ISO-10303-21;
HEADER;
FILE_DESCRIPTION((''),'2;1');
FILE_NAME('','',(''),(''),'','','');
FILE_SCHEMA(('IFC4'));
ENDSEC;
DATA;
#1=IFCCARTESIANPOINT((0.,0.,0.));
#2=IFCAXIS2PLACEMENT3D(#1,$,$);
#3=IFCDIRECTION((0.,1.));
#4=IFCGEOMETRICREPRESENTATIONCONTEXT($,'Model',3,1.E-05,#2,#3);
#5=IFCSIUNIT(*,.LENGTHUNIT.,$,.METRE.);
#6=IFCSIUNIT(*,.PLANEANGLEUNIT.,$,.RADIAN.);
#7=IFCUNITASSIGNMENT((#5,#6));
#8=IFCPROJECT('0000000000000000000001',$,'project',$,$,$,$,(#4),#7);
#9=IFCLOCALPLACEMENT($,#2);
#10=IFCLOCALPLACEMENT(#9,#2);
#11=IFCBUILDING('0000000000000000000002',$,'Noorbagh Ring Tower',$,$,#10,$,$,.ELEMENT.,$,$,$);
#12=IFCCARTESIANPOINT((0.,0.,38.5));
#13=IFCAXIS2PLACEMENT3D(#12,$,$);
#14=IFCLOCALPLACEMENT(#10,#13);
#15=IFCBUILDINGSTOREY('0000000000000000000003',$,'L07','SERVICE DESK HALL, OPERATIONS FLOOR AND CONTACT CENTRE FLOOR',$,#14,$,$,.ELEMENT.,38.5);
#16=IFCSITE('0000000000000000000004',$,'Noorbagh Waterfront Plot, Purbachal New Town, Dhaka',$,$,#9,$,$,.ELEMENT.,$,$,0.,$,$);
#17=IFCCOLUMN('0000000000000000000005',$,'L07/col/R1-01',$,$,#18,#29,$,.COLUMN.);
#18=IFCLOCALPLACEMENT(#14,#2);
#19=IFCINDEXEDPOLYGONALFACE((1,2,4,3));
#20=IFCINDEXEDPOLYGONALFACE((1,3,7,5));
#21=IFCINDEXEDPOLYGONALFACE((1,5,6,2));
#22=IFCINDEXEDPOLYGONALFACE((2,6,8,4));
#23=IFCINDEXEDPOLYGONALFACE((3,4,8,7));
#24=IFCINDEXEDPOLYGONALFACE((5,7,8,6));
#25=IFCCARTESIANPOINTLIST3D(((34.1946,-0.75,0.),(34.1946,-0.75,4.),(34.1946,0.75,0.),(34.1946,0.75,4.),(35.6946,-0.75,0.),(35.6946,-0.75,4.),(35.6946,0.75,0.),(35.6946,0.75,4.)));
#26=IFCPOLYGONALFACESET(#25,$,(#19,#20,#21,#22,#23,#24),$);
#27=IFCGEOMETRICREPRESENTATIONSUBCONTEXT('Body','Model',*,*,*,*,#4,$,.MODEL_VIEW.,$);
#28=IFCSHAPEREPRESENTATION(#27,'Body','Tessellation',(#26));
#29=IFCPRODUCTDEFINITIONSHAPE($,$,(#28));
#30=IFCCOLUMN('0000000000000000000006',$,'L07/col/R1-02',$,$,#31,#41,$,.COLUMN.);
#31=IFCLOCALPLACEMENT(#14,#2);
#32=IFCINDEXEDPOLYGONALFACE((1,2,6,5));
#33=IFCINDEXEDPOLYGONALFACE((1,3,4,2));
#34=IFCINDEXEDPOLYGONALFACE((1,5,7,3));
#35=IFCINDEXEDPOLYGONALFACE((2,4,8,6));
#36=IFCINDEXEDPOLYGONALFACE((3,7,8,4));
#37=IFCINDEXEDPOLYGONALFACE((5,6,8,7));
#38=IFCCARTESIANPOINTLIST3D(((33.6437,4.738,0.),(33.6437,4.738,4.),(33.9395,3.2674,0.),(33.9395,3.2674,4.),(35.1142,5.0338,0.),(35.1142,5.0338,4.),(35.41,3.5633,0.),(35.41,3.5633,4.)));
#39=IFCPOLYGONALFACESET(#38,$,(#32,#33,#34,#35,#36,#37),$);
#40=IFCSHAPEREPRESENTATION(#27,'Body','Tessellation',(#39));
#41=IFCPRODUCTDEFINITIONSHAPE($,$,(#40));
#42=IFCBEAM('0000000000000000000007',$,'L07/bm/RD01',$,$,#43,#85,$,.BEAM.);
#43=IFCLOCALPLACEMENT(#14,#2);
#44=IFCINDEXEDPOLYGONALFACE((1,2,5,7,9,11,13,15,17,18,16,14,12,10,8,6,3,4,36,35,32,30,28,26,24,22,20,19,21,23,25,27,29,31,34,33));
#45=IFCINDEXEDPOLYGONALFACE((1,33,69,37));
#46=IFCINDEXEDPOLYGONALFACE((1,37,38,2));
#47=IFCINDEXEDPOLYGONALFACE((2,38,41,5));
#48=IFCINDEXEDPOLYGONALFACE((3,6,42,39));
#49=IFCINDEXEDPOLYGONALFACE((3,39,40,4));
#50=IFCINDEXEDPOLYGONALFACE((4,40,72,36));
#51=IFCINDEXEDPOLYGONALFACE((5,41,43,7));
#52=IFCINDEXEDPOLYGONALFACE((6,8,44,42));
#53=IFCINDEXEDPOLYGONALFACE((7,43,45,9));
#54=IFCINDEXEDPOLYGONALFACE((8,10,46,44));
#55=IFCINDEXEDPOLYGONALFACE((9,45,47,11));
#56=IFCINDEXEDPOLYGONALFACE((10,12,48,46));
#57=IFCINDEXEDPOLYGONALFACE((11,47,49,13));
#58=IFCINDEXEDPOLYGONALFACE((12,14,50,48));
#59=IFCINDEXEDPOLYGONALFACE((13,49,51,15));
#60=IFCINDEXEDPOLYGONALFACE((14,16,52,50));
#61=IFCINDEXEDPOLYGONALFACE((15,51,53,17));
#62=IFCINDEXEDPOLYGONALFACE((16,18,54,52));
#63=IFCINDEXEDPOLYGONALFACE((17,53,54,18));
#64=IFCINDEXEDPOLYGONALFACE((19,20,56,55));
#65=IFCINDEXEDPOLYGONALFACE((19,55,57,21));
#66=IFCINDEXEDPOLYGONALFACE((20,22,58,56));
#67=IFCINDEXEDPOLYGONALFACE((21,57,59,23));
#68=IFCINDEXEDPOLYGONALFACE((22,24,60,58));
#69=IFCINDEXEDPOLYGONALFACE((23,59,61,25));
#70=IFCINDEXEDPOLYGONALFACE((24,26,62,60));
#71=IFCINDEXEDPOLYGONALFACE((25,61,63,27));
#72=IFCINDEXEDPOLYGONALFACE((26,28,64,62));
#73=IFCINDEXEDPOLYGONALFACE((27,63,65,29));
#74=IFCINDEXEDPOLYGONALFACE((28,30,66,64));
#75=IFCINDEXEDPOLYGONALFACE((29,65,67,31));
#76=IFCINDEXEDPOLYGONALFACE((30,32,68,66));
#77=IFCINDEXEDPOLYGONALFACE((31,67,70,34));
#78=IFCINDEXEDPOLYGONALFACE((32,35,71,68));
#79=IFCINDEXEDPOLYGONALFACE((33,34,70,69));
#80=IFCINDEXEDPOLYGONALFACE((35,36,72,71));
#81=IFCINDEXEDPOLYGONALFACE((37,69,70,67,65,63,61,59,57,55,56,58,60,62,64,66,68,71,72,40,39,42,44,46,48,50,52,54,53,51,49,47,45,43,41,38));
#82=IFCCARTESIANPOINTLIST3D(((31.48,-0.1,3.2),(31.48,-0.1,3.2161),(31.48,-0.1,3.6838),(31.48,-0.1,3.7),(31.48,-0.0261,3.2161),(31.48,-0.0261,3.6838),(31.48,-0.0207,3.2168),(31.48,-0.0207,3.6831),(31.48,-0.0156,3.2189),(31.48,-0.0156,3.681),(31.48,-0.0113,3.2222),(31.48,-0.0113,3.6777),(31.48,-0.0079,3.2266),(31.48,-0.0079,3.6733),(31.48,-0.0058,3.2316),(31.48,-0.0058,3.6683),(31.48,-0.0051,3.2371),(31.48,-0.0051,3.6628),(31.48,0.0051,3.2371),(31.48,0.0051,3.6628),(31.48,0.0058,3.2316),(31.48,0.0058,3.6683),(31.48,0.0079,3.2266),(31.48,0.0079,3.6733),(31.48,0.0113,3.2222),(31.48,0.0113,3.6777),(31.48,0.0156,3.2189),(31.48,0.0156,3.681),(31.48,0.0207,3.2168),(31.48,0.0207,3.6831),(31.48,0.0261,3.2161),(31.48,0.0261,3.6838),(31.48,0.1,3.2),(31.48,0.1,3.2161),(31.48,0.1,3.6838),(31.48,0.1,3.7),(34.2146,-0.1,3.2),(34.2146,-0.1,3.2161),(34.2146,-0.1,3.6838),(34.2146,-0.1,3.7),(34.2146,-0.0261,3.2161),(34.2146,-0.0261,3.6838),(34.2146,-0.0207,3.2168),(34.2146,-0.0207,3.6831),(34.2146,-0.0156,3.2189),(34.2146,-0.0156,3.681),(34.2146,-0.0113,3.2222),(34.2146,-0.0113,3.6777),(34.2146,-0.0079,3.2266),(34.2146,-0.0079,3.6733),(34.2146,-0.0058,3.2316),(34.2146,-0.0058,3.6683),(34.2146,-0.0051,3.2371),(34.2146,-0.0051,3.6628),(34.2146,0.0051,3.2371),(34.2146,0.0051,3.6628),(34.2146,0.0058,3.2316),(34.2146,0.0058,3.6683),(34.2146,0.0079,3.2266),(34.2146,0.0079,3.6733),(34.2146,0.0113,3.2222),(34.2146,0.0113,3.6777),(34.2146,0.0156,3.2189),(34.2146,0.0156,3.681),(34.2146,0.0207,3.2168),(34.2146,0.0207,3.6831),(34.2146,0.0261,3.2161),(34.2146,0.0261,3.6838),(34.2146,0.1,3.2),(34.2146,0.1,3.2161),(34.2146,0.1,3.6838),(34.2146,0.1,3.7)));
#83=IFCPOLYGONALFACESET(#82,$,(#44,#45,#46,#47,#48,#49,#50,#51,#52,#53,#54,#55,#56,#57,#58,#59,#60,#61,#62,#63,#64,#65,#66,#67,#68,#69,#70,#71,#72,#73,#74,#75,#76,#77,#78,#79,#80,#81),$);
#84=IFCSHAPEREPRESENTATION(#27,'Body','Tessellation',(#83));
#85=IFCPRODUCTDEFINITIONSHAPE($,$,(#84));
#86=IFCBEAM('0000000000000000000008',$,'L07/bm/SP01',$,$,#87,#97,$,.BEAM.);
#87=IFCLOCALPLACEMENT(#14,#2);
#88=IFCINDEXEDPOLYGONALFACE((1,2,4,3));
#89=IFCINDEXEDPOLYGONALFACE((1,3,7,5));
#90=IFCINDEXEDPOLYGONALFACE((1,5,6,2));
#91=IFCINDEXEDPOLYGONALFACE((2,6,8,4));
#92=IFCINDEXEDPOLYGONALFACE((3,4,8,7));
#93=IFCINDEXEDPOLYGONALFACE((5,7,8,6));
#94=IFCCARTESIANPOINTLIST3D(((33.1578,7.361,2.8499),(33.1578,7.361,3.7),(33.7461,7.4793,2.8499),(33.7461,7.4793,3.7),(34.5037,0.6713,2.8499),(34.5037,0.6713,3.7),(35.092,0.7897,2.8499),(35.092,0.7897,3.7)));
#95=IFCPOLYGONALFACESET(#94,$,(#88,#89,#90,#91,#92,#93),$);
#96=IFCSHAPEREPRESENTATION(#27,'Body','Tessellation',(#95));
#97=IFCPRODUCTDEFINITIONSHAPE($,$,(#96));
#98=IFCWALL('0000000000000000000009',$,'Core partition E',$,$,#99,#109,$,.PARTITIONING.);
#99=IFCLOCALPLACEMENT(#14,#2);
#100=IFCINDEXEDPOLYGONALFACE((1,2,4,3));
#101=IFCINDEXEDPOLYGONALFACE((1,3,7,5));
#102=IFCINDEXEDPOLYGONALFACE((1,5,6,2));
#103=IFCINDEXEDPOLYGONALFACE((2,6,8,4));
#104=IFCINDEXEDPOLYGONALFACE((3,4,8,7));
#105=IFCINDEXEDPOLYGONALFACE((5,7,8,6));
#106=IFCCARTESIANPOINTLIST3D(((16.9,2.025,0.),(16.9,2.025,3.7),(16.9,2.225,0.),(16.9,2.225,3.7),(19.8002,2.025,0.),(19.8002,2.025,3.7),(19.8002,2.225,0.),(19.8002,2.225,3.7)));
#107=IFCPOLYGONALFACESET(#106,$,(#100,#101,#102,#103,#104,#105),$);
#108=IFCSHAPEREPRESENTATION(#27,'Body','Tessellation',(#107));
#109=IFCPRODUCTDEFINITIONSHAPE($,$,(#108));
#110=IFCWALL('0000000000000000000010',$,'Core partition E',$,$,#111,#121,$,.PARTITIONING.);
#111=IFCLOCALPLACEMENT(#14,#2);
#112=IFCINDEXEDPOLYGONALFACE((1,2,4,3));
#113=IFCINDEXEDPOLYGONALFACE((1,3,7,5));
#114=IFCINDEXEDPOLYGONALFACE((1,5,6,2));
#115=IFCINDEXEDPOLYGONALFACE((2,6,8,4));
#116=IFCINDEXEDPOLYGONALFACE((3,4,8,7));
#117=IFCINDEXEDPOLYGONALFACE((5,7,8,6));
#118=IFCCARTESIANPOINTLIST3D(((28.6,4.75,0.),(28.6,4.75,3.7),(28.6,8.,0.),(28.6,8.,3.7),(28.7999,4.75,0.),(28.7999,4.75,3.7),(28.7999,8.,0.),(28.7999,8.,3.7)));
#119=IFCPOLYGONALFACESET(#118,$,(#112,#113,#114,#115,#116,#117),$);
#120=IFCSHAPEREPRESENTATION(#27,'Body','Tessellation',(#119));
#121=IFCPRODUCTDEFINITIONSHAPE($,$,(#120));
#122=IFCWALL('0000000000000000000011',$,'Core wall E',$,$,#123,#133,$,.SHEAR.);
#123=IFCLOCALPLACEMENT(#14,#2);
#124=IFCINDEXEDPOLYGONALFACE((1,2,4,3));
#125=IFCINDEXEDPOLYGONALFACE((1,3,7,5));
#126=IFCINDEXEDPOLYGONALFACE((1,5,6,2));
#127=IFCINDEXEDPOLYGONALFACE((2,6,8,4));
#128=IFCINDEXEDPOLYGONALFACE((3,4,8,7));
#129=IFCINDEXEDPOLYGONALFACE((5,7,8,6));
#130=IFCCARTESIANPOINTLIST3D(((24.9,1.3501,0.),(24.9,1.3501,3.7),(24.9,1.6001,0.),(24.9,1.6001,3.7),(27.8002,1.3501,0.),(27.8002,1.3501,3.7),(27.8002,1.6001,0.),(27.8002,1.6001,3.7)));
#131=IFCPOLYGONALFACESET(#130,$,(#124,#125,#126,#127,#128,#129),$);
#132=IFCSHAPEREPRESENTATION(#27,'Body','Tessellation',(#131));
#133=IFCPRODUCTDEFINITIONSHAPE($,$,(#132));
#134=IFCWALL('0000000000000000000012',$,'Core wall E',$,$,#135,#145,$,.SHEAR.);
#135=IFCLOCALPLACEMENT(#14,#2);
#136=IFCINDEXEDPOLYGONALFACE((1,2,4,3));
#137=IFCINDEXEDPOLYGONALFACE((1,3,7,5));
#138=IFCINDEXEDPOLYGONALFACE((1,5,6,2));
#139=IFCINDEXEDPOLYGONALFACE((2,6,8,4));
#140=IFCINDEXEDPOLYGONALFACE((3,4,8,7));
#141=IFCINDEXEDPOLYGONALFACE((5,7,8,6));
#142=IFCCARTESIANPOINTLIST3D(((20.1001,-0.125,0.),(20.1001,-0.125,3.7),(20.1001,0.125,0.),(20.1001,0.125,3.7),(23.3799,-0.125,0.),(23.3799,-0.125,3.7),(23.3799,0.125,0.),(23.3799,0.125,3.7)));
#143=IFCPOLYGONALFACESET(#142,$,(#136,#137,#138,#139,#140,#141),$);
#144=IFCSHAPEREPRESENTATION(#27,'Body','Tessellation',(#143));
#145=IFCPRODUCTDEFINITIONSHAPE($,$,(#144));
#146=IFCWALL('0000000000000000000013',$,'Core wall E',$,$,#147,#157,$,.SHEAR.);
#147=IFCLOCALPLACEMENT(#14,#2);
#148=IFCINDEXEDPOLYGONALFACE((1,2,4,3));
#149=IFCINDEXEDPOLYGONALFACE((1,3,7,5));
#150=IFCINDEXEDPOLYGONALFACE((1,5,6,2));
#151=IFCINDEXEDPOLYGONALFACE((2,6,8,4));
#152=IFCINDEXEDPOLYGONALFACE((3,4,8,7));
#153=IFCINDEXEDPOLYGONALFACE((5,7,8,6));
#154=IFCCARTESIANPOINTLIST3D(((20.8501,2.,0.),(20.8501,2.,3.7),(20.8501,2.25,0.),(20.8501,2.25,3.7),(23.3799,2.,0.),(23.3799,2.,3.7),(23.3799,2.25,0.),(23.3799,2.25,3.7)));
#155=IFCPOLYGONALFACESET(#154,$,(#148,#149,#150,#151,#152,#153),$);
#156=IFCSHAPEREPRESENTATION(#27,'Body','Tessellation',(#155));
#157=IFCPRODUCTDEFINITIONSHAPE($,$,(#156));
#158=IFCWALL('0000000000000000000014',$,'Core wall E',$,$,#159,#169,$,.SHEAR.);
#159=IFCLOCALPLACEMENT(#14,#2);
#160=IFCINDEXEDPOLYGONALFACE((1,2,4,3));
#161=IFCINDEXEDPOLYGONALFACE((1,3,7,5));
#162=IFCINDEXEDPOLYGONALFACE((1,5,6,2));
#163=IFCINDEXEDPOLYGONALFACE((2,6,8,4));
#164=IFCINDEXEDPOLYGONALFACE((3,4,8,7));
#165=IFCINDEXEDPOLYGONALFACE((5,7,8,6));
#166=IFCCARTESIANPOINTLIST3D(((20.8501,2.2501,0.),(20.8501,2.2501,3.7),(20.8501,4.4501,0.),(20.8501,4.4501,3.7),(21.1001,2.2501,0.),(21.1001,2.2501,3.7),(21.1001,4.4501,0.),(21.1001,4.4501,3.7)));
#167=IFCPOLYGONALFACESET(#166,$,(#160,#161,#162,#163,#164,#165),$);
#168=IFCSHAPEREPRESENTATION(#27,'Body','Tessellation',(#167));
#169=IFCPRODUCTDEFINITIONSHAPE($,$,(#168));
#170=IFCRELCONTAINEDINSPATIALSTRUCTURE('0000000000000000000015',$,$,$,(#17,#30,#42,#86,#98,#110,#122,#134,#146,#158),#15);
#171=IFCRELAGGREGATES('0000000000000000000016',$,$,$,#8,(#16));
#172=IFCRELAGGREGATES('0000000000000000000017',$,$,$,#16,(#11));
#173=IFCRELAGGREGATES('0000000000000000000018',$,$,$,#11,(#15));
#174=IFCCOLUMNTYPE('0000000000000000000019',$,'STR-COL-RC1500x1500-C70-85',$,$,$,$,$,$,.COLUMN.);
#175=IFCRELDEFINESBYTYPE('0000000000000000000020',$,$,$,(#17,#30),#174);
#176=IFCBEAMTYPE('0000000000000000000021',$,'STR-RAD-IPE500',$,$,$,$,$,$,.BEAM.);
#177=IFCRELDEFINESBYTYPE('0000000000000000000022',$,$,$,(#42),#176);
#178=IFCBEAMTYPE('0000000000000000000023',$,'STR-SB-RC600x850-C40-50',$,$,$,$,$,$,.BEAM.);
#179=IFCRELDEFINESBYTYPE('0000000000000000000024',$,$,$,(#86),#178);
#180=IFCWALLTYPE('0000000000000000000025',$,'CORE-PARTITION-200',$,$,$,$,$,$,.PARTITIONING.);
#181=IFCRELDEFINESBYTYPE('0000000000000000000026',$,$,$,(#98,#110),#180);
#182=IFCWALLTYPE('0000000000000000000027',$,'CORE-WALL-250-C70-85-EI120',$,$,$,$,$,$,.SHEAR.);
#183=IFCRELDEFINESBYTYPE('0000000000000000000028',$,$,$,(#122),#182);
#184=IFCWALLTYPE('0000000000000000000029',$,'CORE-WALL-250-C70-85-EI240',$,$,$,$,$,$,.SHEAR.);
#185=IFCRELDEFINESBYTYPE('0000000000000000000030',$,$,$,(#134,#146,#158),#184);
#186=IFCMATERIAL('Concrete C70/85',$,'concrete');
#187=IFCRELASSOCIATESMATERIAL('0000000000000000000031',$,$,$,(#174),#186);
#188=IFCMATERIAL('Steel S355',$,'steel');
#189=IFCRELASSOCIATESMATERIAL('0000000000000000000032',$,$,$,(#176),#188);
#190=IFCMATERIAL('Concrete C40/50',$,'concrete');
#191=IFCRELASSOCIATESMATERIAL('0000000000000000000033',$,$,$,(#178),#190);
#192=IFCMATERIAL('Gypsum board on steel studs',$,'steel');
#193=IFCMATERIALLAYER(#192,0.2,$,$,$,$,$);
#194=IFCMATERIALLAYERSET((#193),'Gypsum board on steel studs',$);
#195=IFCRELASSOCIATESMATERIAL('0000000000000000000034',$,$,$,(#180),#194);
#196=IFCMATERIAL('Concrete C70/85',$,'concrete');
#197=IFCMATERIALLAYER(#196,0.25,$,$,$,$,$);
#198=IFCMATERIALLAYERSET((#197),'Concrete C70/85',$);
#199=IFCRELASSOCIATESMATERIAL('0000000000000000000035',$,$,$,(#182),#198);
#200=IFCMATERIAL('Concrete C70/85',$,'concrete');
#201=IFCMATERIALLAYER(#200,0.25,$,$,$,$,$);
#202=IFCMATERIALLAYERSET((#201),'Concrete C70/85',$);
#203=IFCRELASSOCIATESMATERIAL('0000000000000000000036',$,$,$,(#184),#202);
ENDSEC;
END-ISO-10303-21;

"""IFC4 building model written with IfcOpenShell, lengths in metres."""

from ifc_helpers import new_model, si_unit, direction, frame, frame_2d, origin, origin_2d, place, context, subcontext, project, spatial, rectangle, i_section, extrude, material, layer, layer_set, material_profile, profile_set, type_object, element, save


model = new_model("IFC4")

# Units and contexts
model_context = context("Model", 3, precision=1e-05, world=origin(), true_north=direction((0.0, 1.0)))
body_context = subcontext(model_context, "Body", "Model", "MODEL_VIEW")
ifc_project = project(units=[si_unit("LENGTHUNIT", "METRE"), si_unit("PLANEANGLEUNIT", "RADIAN")], contexts=[model_context])

# Site, building, storey
site_placement = place(None, origin())
site = spatial("IfcSite", under=ifc_project, at=site_placement, Name="Noorbagh Waterfront Plot, Purbachal New Town, Dhaka", CompositionType="ELEMENT", RefElevation=0.0)
building_placement = place(site_placement, origin())
building = spatial("IfcBuilding", under=site, at=building_placement, Name="Noorbagh Ring Tower", CompositionType="ELEMENT")
storey_placement = place(building_placement, frame((0.0, 0.0, 38.5)))
storey = spatial("IfcBuildingStorey", under=building, at=storey_placement, Name="L07", Description="SERVICE DESK HALL, OPERATIONS FLOOR AND CONTACT CENTRE FLOOR", CompositionType="ELEMENT", Elevation=38.5)

# Columns
ifc_material_1 = material(Name="Concrete C70/85", Category="concrete")
ifc_material_profile_1 = material_profile(ifc_material_1, rectangle(XDim=1.5, YDim=1.5, at=origin_2d()), Name="RC1500x1500")
ifc_profile_set_1 = profile_set([ifc_material_profile_1], Name="Concrete C70/85")
column_type = type_object("IfcColumnType", Name="STR-COL-RC1500x1500-C70-85", PredefinedType="COLUMN", material=ifc_profile_set_1)
for number, where, z_axis, x_axis, name in (
    (1, (34.9446, 0.0, 0.0), (0.0, 0.0, 1.0), (0.0, 1.0, 0.0), "L07/col/R1-01"),
    (2, (34.5269, 4.1506, 0.0), (0.0, 0.0, 1.0), (-0.19723, 0.980357, 0.0), "L07/col/R1-02"),
):
    element("IfcColumn", number, at=place(storey_placement, frame(where, z_axis=z_axis, x_axis=x_axis)), inside=storey, type_object=column_type, Name=name, PredefinedType="COLUMN", context=body_context, shape_type="SweptSolid", body=[
        extrude(rectangle(XDim=1.5, YDim=1.5, at=origin_2d()), origin(), (0.0, 0.0, 1.0), 4.0),
    ])

# Beams
ifc_material_2 = material(Name="Steel S355", Category="steel")
ifc_material_profile_2 = material_profile(ifc_material_2, i_section(OverallWidth=0.2, OverallDepth=0.5, WebThickness=0.0103, FlangeThickness=0.0161, FilletRadius=0.021, at=origin_2d()), Name="IPE500")
ifc_profile_set_2 = profile_set([ifc_material_profile_2], Name="Steel S355")
beam_type_1 = type_object("IfcBeamType", Name="STR-RAD-IPE500", PredefinedType="BEAM", material=ifc_profile_set_2)
beam_1_placement = place(storey_placement, frame((34.2146, 0.0, 3.45), z_axis=(-1.0, 0.0, 0.0), x_axis=(0.0, -1.0, 0.0)))
element("IfcBeam", 3, at=beam_1_placement, inside=storey, type_object=beam_type_1, Name="L07/bm/RD01", PredefinedType="BEAM", context=body_context, shape_type="SweptSolid", body=[
    extrude(i_section(OverallWidth=0.2, OverallDepth=0.5, WebThickness=0.0103, FlangeThickness=0.0161, FilletRadius=0.021, at=origin_2d()), origin(), (0.0, 0.0, 1.0), 2.7346),
])
ifc_material_3 = material(Name="Concrete C40/50", Category="concrete")
ifc_material_profile_3 = material_profile(ifc_material_3, rectangle(XDim=0.6001, YDim=0.8501, at=origin_2d()), Name="RC600x850")
ifc_profile_set_3 = profile_set([ifc_material_profile_3], Name="Concrete C40/50")
beam_type_2 = type_object("IfcBeamType", Name="STR-SB-RC600x850-C40-50", PredefinedType="BEAM", material=ifc_profile_set_3)
beam_2_placement = place(storey_placement, frame((34.7979, 0.7305, 3.2749), z_axis=(-0.197244, 0.980354, 0.0), x_axis=(-0.980354, -0.197244, 0.0)))
element("IfcBeam", 4, at=beam_2_placement, inside=storey, type_object=beam_type_2, Name="L07/bm/SP01", PredefinedType="BEAM", context=body_context, shape_type="SweptSolid", body=[
    extrude(rectangle(XDim=0.6001, YDim=0.8501, at=origin_2d()), origin(), (0.0, 0.0, 1.0), 6.8237),
])

# Walls
ifc_material_4 = material(Name="Gypsum board on steel studs", Category="steel")
ifc_layer_1 = layer(ifc_material_4, 0.2)
ifc_layer_set_1 = layer_set([ifc_layer_1], Name="Gypsum board on steel studs")
wall_type_1 = type_object("IfcWallType", Name="CORE-PARTITION-200", PredefinedType="PARTITIONING", material=ifc_layer_set_1)
wall_1_placement = place(storey_placement, frame((16.8999, 2.125, 0.0), z_axis=(0.0, 0.0, 1.0), x_axis=(1.0, 0.0, 0.0)))
element("IfcWall", 5, at=wall_1_placement, inside=storey, type_object=wall_type_1, Name="Core partition E", PredefinedType="PARTITIONING", context=body_context, shape_type="SweptSolid", body=[
    extrude(rectangle(XDim=2.9001, YDim=0.2, at=frame_2d((1.4502, 0.0))), origin(), (0.0, 0.0, 1.0), 3.7),
])
wall_2_placement = place(storey_placement, frame((28.7, 4.75, 0.0), z_axis=(0.0, 0.0, 1.0), x_axis=(0.0, 1.0, 0.0)))
element("IfcWall", 6, at=wall_2_placement, inside=storey, type_object=wall_type_1, Name="Core partition E", PredefinedType="PARTITIONING", context=body_context, shape_type="SweptSolid", body=[
    extrude(rectangle(XDim=3.25, YDim=0.2, at=frame_2d((1.625, 0.0))), origin(), (0.0, 0.0, 1.0), 3.7),
])
ifc_material_5 = material(Name="Concrete C70/85", Category="concrete")
ifc_layer_2 = layer(ifc_material_5, 0.25)
ifc_layer_set_2 = layer_set([ifc_layer_2], Name="Concrete C70/85")
wall_type_2 = type_object("IfcWallType", Name="CORE-WALL-250-C70-85-EI120", PredefinedType="SHEAR", material=ifc_layer_set_2)
wall_3_placement = place(storey_placement, frame((24.8999, 1.4751, 0.0), z_axis=(0.0, 0.0, 1.0), x_axis=(1.0, 0.0, 0.0)))
element("IfcWall", 7, at=wall_3_placement, inside=storey, type_object=wall_type_2, Name="Core wall E", PredefinedType="SHEAR", context=body_context, shape_type="SweptSolid", body=[
    extrude(rectangle(XDim=2.9001, YDim=0.25, at=frame_2d((1.4502, 0.0))), origin(), (0.0, 0.0, 1.0), 3.7),
])
ifc_material_6 = material(Name="Concrete C70/85", Category="concrete")
ifc_layer_3 = layer(ifc_material_6, 0.25)
ifc_layer_set_3 = layer_set([ifc_layer_3], Name="Concrete C70/85")
wall_type_3 = type_object("IfcWallType", Name="CORE-WALL-250-C70-85-EI240", PredefinedType="SHEAR", material=ifc_layer_set_3)
wall_4_placement = place(storey_placement, frame((20.1001, 0.0, 0.0), z_axis=(0.0, 0.0, 1.0), x_axis=(1.0, 0.0, 0.0)))
element("IfcWall", 8, at=wall_4_placement, inside=storey, type_object=wall_type_3, Name="Core wall E", PredefinedType="SHEAR", context=body_context, shape_type="SweptSolid", body=[
    extrude(rectangle(XDim=3.2798, YDim=0.25, at=frame_2d((1.6399, 0.0))), origin(), (0.0, 0.0, 1.0), 3.7),
])
wall_5_placement = place(storey_placement, frame((20.8501, 2.125, 0.0), z_axis=(0.0, 0.0, 1.0), x_axis=(1.0, 0.0, 0.0)))
element("IfcWall", 9, at=wall_5_placement, inside=storey, type_object=wall_type_3, Name="Core wall E", PredefinedType="SHEAR", context=body_context, shape_type="SweptSolid", body=[
    extrude(rectangle(XDim=2.5298, YDim=0.25, at=frame_2d((1.2649, 0.0))), origin(), (0.0, 0.0, 1.0), 3.7),
])
wall_6_placement = place(storey_placement, frame((20.9751, 2.25, 0.0), z_axis=(0.0, 0.0, 1.0), x_axis=(0.0, 1.0, 0.0)))
element("IfcWall", 10, at=wall_6_placement, inside=storey, type_object=wall_type_3, Name="Core wall E", PredefinedType="SHEAR", context=body_context, shape_type="SweptSolid", body=[
    extrude(rectangle(XDim=2.2, YDim=0.25, at=frame_2d((1.1001, 0.0))), origin(), (0.0, 0.0, 1.0), 3.7),
])

save(model, "model.ifc")
